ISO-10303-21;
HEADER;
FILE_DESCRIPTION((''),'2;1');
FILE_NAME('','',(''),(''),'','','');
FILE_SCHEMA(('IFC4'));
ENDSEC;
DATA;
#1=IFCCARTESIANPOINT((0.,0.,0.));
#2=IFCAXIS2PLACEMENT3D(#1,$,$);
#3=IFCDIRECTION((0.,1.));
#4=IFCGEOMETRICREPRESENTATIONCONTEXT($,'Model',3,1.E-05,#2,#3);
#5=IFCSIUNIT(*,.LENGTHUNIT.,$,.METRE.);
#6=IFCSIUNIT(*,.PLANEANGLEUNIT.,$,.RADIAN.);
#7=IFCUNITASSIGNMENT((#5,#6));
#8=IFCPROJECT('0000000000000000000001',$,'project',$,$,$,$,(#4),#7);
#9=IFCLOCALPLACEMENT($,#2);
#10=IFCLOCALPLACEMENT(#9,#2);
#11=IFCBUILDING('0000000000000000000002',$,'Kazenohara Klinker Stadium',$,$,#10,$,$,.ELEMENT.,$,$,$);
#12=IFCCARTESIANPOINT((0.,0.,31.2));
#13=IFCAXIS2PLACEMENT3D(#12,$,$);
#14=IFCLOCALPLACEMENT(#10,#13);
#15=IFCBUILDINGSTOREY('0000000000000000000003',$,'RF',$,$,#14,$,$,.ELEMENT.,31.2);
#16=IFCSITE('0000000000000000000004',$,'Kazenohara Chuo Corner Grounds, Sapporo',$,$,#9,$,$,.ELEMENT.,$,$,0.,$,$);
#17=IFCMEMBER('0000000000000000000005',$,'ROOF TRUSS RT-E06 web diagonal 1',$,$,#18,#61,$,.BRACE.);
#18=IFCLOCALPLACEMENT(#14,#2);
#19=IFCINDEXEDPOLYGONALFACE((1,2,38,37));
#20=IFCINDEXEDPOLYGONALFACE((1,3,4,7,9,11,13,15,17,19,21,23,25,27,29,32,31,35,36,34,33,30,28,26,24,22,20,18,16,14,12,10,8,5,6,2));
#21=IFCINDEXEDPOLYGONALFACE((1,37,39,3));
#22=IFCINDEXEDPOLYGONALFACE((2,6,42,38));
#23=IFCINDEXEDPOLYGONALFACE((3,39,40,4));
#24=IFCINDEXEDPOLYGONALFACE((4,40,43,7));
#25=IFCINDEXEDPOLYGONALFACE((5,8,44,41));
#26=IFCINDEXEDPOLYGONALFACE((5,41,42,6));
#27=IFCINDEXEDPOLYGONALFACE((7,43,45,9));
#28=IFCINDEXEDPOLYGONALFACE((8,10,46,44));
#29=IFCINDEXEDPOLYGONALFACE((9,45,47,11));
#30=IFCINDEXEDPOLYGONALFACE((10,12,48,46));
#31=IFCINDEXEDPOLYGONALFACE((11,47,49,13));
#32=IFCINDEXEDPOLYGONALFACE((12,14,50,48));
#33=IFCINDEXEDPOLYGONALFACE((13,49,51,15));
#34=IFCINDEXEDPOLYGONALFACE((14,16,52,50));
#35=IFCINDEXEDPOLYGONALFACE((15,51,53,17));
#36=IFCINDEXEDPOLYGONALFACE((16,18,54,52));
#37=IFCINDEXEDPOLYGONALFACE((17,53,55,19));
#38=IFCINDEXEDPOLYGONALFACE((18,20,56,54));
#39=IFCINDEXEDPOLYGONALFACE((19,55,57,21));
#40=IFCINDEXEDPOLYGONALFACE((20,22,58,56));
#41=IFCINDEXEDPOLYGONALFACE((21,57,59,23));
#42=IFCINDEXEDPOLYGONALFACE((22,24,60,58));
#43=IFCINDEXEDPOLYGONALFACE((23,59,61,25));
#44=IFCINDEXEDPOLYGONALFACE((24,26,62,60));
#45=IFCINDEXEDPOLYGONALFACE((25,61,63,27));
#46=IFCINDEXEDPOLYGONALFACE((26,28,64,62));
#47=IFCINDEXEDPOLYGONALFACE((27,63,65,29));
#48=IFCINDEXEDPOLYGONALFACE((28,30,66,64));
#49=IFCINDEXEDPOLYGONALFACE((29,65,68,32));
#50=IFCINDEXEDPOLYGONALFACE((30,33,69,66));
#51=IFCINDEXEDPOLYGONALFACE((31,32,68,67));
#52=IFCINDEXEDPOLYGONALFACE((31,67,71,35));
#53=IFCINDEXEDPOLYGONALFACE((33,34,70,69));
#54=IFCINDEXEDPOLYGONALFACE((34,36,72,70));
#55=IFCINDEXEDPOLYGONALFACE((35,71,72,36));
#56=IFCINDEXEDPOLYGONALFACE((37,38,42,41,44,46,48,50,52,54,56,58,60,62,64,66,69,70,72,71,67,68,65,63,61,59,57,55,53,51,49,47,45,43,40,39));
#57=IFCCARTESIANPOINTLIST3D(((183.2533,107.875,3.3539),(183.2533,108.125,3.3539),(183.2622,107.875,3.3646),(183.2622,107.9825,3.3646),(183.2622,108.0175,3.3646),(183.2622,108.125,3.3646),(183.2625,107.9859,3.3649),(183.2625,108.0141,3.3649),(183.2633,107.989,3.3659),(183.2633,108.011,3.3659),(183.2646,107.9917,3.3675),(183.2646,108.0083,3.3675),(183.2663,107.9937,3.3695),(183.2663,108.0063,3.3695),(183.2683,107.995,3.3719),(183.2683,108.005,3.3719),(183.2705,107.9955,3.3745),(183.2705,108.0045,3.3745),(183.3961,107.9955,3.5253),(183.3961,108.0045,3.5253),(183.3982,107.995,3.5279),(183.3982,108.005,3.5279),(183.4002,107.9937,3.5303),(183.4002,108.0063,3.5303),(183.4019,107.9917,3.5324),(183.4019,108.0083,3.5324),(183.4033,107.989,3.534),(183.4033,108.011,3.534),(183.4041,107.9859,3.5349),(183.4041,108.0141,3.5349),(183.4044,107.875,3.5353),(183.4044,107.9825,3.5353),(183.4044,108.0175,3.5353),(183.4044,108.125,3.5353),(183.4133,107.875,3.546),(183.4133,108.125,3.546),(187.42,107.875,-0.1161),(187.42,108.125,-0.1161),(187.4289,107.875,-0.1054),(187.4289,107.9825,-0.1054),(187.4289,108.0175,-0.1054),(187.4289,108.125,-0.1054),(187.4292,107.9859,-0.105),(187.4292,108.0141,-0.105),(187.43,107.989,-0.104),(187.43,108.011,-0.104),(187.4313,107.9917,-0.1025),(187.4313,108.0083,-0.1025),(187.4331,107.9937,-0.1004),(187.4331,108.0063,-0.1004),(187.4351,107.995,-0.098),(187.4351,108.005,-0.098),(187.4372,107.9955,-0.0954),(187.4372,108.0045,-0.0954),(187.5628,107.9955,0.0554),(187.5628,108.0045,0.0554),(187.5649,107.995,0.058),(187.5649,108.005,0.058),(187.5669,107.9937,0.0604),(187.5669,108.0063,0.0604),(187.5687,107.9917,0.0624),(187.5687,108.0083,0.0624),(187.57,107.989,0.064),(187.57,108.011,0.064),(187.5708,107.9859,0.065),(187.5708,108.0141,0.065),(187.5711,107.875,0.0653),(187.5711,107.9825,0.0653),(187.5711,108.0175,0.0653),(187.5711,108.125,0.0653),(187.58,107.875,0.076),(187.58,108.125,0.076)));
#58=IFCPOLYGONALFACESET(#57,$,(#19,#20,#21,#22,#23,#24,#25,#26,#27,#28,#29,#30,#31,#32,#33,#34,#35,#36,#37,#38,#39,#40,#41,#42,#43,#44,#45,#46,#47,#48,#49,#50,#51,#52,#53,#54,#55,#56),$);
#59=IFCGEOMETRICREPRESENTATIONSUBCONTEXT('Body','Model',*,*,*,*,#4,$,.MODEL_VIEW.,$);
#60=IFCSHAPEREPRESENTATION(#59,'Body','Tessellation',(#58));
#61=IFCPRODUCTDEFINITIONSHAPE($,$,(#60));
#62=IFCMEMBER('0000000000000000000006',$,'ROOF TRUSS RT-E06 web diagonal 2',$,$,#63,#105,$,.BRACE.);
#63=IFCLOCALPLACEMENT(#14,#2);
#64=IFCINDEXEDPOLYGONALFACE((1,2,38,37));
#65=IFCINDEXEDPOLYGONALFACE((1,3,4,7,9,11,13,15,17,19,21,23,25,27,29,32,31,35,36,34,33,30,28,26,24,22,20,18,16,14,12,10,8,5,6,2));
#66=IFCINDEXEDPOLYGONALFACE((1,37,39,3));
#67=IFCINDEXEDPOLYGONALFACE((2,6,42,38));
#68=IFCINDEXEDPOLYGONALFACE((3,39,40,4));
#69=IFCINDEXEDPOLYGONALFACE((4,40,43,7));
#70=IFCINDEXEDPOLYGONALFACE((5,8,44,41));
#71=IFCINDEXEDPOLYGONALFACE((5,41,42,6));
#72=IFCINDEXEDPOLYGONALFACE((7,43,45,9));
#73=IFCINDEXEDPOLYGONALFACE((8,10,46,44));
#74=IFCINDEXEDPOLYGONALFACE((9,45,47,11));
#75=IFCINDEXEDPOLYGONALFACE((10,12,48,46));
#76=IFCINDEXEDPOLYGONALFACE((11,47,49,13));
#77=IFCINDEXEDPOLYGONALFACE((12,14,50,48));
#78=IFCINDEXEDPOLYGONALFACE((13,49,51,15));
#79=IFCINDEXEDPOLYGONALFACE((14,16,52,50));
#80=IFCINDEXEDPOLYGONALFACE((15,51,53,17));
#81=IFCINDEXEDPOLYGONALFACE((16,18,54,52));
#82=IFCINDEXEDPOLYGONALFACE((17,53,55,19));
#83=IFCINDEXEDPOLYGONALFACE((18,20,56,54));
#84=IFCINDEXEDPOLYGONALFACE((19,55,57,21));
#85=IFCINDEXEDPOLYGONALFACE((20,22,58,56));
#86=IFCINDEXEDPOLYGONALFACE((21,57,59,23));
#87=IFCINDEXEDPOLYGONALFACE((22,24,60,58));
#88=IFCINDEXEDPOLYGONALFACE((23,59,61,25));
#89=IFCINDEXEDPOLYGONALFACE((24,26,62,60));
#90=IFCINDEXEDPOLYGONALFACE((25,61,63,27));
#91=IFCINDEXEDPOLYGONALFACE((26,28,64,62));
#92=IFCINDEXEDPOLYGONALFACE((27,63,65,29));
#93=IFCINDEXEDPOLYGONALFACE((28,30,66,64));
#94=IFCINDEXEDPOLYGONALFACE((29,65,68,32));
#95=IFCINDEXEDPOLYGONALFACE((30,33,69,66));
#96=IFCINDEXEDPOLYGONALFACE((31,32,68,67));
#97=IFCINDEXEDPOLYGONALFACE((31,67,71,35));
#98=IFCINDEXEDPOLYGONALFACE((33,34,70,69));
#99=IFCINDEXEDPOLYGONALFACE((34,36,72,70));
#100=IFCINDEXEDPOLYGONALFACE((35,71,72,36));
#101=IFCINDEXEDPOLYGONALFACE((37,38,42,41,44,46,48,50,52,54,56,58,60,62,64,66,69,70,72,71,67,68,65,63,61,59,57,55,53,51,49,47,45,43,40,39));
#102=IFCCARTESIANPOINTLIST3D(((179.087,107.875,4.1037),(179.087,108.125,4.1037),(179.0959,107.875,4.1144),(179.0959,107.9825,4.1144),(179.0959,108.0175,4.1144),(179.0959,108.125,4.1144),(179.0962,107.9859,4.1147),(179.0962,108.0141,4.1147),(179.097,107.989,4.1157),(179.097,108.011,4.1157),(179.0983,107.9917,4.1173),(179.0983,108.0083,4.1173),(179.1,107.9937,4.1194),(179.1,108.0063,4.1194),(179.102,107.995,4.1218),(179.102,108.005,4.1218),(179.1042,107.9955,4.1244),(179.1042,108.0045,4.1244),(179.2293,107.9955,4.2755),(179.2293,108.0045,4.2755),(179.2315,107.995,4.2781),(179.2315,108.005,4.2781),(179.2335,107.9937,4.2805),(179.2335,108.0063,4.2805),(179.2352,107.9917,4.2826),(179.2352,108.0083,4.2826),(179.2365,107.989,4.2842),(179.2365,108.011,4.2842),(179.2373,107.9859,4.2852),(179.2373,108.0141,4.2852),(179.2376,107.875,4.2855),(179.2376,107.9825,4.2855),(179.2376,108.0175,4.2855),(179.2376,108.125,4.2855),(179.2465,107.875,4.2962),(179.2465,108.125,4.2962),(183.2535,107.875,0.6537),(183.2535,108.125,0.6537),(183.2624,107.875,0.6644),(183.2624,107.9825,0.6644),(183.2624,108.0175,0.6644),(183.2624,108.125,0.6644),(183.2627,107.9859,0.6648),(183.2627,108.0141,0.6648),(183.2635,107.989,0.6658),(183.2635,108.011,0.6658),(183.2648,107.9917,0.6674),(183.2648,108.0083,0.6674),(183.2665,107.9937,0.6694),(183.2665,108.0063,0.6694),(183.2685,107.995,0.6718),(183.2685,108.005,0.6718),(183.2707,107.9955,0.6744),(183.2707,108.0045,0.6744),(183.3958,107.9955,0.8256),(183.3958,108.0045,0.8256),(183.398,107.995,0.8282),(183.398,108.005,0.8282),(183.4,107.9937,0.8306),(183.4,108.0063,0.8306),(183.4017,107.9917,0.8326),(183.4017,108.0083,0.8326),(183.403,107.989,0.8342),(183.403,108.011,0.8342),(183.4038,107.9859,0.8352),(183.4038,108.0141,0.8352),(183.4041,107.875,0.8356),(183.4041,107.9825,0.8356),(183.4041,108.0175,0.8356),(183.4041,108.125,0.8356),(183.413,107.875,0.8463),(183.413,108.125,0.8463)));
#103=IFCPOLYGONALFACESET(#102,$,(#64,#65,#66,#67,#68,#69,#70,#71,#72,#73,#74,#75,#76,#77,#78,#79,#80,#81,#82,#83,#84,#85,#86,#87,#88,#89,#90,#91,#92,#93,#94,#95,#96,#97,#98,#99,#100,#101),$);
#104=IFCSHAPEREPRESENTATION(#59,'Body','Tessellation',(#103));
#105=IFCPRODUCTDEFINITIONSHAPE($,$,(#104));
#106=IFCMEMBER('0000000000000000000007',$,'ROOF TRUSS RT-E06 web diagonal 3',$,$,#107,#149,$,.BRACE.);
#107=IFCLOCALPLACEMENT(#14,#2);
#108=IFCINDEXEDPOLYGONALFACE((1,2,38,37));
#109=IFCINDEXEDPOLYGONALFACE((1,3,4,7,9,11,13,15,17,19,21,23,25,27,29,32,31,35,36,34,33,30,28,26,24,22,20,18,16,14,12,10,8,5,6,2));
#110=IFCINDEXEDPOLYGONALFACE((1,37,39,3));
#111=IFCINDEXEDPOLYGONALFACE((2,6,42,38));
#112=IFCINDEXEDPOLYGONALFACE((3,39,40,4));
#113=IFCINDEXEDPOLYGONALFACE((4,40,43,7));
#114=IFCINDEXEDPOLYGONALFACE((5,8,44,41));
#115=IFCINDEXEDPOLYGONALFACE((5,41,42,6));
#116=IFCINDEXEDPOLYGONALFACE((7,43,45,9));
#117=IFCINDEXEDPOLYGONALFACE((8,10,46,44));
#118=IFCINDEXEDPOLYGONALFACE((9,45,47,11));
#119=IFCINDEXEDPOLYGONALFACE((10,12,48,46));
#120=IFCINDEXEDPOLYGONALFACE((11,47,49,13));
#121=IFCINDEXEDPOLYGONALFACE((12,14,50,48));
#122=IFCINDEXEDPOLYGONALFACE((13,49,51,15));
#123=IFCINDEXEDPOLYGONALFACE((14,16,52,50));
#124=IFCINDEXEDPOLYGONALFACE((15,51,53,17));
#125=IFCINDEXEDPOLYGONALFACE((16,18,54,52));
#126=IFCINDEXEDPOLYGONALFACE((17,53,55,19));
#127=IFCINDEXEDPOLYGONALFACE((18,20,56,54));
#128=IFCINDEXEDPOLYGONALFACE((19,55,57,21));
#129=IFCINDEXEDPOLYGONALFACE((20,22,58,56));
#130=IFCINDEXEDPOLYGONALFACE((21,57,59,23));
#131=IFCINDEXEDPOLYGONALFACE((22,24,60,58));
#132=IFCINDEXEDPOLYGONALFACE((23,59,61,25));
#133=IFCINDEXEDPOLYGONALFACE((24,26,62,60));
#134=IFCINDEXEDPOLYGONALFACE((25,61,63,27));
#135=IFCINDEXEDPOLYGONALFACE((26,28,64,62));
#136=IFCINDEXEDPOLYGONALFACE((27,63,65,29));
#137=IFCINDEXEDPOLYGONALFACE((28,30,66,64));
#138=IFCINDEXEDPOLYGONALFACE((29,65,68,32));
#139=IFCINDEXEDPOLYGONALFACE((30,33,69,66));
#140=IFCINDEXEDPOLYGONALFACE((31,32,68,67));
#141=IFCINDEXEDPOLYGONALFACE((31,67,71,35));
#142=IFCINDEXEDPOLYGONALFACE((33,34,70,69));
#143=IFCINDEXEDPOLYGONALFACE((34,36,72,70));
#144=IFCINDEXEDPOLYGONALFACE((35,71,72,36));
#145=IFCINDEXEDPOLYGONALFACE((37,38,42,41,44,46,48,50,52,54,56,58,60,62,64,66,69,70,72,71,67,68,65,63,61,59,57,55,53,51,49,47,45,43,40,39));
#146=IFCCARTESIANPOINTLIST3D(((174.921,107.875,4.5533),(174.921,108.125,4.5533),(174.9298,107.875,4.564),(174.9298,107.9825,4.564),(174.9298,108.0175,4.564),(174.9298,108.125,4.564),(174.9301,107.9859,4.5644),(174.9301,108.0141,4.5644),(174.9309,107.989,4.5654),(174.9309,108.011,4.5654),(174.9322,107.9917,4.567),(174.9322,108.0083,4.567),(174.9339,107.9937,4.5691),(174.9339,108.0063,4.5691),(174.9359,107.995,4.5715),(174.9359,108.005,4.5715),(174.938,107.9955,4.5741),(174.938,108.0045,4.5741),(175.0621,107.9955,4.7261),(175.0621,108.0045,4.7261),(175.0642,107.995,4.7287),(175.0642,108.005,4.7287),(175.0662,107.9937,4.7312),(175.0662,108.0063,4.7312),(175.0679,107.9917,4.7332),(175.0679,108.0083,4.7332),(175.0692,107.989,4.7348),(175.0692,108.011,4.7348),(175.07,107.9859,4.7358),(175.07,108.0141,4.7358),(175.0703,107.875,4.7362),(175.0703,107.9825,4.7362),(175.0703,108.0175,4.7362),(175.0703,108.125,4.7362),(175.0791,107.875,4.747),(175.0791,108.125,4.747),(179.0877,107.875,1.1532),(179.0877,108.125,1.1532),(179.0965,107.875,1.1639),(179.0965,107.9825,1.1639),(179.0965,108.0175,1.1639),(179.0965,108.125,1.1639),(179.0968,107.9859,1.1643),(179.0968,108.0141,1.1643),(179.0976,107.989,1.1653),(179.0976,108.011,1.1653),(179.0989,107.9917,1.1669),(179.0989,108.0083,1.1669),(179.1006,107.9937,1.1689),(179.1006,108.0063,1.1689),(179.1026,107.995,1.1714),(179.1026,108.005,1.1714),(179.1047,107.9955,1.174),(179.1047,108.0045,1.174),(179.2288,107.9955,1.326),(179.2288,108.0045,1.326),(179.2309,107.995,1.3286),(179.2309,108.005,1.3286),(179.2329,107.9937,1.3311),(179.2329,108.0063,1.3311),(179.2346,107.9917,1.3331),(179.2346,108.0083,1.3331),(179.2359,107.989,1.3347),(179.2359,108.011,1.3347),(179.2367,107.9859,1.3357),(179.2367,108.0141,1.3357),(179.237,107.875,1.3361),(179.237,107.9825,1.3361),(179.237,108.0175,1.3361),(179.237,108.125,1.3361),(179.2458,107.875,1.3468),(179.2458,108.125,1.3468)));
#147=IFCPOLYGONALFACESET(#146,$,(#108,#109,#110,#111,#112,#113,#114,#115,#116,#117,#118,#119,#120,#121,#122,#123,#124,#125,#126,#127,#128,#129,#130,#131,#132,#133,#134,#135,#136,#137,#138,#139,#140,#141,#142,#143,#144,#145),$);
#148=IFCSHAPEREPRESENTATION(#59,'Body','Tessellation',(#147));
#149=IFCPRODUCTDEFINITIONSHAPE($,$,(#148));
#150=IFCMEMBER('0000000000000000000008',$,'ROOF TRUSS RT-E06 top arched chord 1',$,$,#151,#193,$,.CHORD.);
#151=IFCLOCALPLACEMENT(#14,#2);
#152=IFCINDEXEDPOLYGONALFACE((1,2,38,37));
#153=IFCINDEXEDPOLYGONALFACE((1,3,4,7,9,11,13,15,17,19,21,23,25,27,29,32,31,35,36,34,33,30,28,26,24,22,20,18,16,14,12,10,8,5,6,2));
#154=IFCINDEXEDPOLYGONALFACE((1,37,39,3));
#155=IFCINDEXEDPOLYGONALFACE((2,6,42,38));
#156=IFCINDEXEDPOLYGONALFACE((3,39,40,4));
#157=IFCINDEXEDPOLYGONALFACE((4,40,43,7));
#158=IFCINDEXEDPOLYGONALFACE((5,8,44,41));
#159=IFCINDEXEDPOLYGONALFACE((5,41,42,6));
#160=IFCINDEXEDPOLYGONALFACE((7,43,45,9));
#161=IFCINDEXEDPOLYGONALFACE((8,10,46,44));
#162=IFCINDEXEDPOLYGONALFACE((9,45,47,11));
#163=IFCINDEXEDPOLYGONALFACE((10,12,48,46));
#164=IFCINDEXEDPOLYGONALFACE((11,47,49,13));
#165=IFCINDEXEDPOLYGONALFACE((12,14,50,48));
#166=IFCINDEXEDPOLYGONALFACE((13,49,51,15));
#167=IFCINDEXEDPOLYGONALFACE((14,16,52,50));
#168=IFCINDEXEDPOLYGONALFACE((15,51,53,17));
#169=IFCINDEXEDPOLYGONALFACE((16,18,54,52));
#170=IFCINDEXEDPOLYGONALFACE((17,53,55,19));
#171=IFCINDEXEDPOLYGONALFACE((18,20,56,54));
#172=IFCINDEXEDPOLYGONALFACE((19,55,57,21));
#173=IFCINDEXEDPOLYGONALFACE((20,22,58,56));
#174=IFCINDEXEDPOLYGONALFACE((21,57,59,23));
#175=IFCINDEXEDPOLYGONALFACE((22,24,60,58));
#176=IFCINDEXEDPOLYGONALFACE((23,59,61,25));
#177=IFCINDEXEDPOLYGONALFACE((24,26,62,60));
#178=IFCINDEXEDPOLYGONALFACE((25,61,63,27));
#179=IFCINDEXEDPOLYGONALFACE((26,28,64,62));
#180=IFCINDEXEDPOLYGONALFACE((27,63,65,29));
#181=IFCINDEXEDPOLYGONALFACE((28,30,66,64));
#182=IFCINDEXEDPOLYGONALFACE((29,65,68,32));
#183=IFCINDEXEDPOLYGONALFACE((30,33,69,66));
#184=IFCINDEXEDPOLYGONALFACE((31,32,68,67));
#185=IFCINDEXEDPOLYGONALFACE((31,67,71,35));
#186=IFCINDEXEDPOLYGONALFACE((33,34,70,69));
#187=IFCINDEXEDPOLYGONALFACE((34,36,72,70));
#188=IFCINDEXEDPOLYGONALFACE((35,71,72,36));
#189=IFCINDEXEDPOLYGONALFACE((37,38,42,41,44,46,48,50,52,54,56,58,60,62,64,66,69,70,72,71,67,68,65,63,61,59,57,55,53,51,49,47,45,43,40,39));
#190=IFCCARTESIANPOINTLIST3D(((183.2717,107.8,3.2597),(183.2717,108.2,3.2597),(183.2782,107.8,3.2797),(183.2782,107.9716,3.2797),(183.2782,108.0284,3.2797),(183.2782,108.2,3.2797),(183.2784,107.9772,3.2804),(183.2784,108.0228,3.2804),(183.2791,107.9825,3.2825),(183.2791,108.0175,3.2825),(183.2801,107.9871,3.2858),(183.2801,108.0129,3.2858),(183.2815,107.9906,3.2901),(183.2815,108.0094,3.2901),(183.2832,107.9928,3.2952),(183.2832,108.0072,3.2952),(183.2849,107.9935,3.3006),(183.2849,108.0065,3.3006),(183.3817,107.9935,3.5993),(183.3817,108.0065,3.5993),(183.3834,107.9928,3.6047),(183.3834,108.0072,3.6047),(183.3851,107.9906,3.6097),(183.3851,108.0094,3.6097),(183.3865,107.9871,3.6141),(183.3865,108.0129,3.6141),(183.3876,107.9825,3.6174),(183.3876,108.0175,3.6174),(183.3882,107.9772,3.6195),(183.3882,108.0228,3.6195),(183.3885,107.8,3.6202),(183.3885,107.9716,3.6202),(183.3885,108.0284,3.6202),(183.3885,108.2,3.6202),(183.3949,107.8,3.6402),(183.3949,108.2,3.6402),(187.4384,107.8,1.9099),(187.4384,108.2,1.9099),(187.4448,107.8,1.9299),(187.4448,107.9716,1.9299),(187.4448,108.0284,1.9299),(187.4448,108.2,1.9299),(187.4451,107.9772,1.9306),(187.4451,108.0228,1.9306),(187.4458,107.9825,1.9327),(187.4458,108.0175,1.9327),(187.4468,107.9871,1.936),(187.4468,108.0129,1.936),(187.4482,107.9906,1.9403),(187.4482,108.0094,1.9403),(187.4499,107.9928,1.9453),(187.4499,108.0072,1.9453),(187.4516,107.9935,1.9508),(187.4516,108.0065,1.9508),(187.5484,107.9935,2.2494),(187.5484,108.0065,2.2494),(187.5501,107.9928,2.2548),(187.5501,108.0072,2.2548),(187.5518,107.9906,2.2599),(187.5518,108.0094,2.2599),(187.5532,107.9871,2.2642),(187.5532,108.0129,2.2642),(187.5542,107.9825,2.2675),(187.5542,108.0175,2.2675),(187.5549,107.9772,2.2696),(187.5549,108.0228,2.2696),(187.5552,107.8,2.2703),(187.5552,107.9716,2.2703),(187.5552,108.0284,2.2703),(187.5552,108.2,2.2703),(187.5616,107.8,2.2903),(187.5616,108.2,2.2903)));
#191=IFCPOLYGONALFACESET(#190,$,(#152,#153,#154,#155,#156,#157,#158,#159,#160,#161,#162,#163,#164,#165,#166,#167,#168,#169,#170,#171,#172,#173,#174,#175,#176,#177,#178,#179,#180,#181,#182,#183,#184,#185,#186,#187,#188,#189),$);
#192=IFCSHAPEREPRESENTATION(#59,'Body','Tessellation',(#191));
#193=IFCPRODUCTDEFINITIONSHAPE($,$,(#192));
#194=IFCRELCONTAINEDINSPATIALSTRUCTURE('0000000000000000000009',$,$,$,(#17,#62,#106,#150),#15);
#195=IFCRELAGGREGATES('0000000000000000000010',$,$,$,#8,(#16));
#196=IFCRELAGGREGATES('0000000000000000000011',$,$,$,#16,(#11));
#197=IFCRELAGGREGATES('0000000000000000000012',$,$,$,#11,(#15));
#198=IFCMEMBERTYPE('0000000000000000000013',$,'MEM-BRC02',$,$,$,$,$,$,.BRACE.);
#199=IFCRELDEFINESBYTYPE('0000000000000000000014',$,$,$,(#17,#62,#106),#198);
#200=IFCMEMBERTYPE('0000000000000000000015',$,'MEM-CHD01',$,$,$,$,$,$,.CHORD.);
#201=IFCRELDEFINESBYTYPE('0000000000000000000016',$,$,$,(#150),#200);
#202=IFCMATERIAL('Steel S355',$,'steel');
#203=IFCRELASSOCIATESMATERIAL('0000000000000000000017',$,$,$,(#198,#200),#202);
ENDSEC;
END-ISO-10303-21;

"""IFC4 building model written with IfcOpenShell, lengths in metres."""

from ifc_helpers import new_model, si_unit, direction, frame, origin, origin_2d, place, context, subcontext, project, spatial, i_section, extrude, material, material_profile, profile_set, type_object, element, save


model = new_model("IFC4")

# Units and contexts
model_context = context("Model", 3, precision=1e-05, world=origin(), true_north=direction((0.0, 1.0)))
body_context = subcontext(model_context, "Body", "Model", "MODEL_VIEW")
ifc_project = project(units=[si_unit("LENGTHUNIT", "METRE"), si_unit("PLANEANGLEUNIT", "RADIAN")], contexts=[model_context])

# Site, building, storey
site_placement = place(None, origin())
site = spatial("IfcSite", under=ifc_project, at=site_placement, Name="Kazenohara Chuo Corner Grounds, Sapporo", CompositionType="ELEMENT", RefElevation=0.0)
building_placement = place(site_placement, origin())
building = spatial("IfcBuilding", under=site, at=building_placement, Name="Kazenohara Klinker Stadium", CompositionType="ELEMENT")
storey_placement = place(building_placement, frame((0.0, 0.0, 31.2)))
storey = spatial("IfcBuildingStorey", under=building, at=storey_placement, Name="RF", CompositionType="ELEMENT", Elevation=31.2)

# Members
ifc_material_1 = material(Name="Steel S355", Category="steel")
ifc_material_profile_1 = material_profile(ifc_material_1, i_section(OverallWidth=0.25, OverallDepth=0.25, WebThickness=0.009, FlangeThickness=0.0139, FilletRadius=0.0129, at=origin_2d()), Name="H-250x250x9x14")
ifc_profile_set_1 = profile_set([ifc_material_profile_1], Name="Steel S355")
member_type_1 = type_object("IfcMemberType", Name="MEM-BRC02", PredefinedType="BRACE", material=ifc_profile_set_1)
member_1_placement = place(storey_placement, frame((187.5, 108.0, -0.02), z_axis=(-0.768432, 0.0, 0.639932), x_axis=(0.0, -1.0, 0.0)))
element("IfcMember", 1, at=member_1_placement, inside=storey, type_object=member_type_1, Name="ROOF TRUSS RT-E06 web diagonal 1", PredefinedType="BRACE", context=body_context, shape_type="SweptSolid", body=[
    extrude(i_section(OverallWidth=0.25, OverallDepth=0.25, WebThickness=0.009, FlangeThickness=0.0139, FilletRadius=0.0129, at=origin_2d()), origin(), (0.0, 0.0, 1.0), 5.4224),
])
member_2_placement = place(storey_placement, frame((183.3333, 108.0, 0.75), z_axis=(-0.77023, 0.0, 0.637766), x_axis=(0.0, -1.0, 0.0)))
element("IfcMember", 2, at=member_2_placement, inside=storey, type_object=member_type_1, Name="ROOF TRUSS RT-E06 web diagonal 2", PredefinedType="BRACE", context=body_context, shape_type="SweptSolid", body=[
    extrude(i_section(OverallWidth=0.25, OverallDepth=0.25, WebThickness=0.009, FlangeThickness=0.0139, FilletRadius=0.0129, at=origin_2d()), origin(), (0.0, 0.0, 1.0), 5.4094),
])
member_3_placement = place(storey_placement, frame((179.1667, 108.0, 1.25), z_axis=(-0.774778, 0.0, 0.632234), x_axis=(0.0, -1.0, 0.0)))
element("IfcMember", 3, at=member_3_placement, inside=storey, type_object=member_type_1, Name="ROOF TRUSS RT-E06 web diagonal 3", PredefinedType="BRACE", context=body_context, shape_type="SweptSolid", body=[
    extrude(i_section(OverallWidth=0.25, OverallDepth=0.25, WebThickness=0.009, FlangeThickness=0.0139, FilletRadius=0.0129, at=origin_2d()), origin(), (0.0, 0.0, 1.0), 5.3779),
])
ifc_material_profile_2 = material_profile(ifc_material_1, i_section(OverallWidth=0.3999, OverallDepth=0.3999, WebThickness=0.0129, FlangeThickness=0.021, FilletRadius=0.022, at=origin_2d()), Name="H-400x400x13x21")
ifc_profile_set_2 = profile_set([ifc_material_profile_2], Name="Steel S355")
member_type_2 = type_object("IfcMemberType", Name="MEM-CHD01", PredefinedType="CHORD", material=ifc_profile_set_2)
member_4_placement = place(storey_placement, frame((187.5, 108.0, 2.1001), z_axis=(-0.951325, 0.0, 0.30819), x_axis=(0.0, -1.0, 0.0)))
element("IfcMember", 4, at=member_4_placement, inside=storey, type_object=member_type_2, Name="ROOF TRUSS RT-E06 top arched chord 1", PredefinedType="CHORD", context=body_context, shape_type="SweptSolid", body=[
    extrude(i_section(OverallWidth=0.3999, OverallDepth=0.3999, WebThickness=0.0129, FlangeThickness=0.021, FilletRadius=0.022, at=origin_2d()), origin(), (0.0, 0.0, 1.0), 4.3799),
])

save(model, "model.ifc")
